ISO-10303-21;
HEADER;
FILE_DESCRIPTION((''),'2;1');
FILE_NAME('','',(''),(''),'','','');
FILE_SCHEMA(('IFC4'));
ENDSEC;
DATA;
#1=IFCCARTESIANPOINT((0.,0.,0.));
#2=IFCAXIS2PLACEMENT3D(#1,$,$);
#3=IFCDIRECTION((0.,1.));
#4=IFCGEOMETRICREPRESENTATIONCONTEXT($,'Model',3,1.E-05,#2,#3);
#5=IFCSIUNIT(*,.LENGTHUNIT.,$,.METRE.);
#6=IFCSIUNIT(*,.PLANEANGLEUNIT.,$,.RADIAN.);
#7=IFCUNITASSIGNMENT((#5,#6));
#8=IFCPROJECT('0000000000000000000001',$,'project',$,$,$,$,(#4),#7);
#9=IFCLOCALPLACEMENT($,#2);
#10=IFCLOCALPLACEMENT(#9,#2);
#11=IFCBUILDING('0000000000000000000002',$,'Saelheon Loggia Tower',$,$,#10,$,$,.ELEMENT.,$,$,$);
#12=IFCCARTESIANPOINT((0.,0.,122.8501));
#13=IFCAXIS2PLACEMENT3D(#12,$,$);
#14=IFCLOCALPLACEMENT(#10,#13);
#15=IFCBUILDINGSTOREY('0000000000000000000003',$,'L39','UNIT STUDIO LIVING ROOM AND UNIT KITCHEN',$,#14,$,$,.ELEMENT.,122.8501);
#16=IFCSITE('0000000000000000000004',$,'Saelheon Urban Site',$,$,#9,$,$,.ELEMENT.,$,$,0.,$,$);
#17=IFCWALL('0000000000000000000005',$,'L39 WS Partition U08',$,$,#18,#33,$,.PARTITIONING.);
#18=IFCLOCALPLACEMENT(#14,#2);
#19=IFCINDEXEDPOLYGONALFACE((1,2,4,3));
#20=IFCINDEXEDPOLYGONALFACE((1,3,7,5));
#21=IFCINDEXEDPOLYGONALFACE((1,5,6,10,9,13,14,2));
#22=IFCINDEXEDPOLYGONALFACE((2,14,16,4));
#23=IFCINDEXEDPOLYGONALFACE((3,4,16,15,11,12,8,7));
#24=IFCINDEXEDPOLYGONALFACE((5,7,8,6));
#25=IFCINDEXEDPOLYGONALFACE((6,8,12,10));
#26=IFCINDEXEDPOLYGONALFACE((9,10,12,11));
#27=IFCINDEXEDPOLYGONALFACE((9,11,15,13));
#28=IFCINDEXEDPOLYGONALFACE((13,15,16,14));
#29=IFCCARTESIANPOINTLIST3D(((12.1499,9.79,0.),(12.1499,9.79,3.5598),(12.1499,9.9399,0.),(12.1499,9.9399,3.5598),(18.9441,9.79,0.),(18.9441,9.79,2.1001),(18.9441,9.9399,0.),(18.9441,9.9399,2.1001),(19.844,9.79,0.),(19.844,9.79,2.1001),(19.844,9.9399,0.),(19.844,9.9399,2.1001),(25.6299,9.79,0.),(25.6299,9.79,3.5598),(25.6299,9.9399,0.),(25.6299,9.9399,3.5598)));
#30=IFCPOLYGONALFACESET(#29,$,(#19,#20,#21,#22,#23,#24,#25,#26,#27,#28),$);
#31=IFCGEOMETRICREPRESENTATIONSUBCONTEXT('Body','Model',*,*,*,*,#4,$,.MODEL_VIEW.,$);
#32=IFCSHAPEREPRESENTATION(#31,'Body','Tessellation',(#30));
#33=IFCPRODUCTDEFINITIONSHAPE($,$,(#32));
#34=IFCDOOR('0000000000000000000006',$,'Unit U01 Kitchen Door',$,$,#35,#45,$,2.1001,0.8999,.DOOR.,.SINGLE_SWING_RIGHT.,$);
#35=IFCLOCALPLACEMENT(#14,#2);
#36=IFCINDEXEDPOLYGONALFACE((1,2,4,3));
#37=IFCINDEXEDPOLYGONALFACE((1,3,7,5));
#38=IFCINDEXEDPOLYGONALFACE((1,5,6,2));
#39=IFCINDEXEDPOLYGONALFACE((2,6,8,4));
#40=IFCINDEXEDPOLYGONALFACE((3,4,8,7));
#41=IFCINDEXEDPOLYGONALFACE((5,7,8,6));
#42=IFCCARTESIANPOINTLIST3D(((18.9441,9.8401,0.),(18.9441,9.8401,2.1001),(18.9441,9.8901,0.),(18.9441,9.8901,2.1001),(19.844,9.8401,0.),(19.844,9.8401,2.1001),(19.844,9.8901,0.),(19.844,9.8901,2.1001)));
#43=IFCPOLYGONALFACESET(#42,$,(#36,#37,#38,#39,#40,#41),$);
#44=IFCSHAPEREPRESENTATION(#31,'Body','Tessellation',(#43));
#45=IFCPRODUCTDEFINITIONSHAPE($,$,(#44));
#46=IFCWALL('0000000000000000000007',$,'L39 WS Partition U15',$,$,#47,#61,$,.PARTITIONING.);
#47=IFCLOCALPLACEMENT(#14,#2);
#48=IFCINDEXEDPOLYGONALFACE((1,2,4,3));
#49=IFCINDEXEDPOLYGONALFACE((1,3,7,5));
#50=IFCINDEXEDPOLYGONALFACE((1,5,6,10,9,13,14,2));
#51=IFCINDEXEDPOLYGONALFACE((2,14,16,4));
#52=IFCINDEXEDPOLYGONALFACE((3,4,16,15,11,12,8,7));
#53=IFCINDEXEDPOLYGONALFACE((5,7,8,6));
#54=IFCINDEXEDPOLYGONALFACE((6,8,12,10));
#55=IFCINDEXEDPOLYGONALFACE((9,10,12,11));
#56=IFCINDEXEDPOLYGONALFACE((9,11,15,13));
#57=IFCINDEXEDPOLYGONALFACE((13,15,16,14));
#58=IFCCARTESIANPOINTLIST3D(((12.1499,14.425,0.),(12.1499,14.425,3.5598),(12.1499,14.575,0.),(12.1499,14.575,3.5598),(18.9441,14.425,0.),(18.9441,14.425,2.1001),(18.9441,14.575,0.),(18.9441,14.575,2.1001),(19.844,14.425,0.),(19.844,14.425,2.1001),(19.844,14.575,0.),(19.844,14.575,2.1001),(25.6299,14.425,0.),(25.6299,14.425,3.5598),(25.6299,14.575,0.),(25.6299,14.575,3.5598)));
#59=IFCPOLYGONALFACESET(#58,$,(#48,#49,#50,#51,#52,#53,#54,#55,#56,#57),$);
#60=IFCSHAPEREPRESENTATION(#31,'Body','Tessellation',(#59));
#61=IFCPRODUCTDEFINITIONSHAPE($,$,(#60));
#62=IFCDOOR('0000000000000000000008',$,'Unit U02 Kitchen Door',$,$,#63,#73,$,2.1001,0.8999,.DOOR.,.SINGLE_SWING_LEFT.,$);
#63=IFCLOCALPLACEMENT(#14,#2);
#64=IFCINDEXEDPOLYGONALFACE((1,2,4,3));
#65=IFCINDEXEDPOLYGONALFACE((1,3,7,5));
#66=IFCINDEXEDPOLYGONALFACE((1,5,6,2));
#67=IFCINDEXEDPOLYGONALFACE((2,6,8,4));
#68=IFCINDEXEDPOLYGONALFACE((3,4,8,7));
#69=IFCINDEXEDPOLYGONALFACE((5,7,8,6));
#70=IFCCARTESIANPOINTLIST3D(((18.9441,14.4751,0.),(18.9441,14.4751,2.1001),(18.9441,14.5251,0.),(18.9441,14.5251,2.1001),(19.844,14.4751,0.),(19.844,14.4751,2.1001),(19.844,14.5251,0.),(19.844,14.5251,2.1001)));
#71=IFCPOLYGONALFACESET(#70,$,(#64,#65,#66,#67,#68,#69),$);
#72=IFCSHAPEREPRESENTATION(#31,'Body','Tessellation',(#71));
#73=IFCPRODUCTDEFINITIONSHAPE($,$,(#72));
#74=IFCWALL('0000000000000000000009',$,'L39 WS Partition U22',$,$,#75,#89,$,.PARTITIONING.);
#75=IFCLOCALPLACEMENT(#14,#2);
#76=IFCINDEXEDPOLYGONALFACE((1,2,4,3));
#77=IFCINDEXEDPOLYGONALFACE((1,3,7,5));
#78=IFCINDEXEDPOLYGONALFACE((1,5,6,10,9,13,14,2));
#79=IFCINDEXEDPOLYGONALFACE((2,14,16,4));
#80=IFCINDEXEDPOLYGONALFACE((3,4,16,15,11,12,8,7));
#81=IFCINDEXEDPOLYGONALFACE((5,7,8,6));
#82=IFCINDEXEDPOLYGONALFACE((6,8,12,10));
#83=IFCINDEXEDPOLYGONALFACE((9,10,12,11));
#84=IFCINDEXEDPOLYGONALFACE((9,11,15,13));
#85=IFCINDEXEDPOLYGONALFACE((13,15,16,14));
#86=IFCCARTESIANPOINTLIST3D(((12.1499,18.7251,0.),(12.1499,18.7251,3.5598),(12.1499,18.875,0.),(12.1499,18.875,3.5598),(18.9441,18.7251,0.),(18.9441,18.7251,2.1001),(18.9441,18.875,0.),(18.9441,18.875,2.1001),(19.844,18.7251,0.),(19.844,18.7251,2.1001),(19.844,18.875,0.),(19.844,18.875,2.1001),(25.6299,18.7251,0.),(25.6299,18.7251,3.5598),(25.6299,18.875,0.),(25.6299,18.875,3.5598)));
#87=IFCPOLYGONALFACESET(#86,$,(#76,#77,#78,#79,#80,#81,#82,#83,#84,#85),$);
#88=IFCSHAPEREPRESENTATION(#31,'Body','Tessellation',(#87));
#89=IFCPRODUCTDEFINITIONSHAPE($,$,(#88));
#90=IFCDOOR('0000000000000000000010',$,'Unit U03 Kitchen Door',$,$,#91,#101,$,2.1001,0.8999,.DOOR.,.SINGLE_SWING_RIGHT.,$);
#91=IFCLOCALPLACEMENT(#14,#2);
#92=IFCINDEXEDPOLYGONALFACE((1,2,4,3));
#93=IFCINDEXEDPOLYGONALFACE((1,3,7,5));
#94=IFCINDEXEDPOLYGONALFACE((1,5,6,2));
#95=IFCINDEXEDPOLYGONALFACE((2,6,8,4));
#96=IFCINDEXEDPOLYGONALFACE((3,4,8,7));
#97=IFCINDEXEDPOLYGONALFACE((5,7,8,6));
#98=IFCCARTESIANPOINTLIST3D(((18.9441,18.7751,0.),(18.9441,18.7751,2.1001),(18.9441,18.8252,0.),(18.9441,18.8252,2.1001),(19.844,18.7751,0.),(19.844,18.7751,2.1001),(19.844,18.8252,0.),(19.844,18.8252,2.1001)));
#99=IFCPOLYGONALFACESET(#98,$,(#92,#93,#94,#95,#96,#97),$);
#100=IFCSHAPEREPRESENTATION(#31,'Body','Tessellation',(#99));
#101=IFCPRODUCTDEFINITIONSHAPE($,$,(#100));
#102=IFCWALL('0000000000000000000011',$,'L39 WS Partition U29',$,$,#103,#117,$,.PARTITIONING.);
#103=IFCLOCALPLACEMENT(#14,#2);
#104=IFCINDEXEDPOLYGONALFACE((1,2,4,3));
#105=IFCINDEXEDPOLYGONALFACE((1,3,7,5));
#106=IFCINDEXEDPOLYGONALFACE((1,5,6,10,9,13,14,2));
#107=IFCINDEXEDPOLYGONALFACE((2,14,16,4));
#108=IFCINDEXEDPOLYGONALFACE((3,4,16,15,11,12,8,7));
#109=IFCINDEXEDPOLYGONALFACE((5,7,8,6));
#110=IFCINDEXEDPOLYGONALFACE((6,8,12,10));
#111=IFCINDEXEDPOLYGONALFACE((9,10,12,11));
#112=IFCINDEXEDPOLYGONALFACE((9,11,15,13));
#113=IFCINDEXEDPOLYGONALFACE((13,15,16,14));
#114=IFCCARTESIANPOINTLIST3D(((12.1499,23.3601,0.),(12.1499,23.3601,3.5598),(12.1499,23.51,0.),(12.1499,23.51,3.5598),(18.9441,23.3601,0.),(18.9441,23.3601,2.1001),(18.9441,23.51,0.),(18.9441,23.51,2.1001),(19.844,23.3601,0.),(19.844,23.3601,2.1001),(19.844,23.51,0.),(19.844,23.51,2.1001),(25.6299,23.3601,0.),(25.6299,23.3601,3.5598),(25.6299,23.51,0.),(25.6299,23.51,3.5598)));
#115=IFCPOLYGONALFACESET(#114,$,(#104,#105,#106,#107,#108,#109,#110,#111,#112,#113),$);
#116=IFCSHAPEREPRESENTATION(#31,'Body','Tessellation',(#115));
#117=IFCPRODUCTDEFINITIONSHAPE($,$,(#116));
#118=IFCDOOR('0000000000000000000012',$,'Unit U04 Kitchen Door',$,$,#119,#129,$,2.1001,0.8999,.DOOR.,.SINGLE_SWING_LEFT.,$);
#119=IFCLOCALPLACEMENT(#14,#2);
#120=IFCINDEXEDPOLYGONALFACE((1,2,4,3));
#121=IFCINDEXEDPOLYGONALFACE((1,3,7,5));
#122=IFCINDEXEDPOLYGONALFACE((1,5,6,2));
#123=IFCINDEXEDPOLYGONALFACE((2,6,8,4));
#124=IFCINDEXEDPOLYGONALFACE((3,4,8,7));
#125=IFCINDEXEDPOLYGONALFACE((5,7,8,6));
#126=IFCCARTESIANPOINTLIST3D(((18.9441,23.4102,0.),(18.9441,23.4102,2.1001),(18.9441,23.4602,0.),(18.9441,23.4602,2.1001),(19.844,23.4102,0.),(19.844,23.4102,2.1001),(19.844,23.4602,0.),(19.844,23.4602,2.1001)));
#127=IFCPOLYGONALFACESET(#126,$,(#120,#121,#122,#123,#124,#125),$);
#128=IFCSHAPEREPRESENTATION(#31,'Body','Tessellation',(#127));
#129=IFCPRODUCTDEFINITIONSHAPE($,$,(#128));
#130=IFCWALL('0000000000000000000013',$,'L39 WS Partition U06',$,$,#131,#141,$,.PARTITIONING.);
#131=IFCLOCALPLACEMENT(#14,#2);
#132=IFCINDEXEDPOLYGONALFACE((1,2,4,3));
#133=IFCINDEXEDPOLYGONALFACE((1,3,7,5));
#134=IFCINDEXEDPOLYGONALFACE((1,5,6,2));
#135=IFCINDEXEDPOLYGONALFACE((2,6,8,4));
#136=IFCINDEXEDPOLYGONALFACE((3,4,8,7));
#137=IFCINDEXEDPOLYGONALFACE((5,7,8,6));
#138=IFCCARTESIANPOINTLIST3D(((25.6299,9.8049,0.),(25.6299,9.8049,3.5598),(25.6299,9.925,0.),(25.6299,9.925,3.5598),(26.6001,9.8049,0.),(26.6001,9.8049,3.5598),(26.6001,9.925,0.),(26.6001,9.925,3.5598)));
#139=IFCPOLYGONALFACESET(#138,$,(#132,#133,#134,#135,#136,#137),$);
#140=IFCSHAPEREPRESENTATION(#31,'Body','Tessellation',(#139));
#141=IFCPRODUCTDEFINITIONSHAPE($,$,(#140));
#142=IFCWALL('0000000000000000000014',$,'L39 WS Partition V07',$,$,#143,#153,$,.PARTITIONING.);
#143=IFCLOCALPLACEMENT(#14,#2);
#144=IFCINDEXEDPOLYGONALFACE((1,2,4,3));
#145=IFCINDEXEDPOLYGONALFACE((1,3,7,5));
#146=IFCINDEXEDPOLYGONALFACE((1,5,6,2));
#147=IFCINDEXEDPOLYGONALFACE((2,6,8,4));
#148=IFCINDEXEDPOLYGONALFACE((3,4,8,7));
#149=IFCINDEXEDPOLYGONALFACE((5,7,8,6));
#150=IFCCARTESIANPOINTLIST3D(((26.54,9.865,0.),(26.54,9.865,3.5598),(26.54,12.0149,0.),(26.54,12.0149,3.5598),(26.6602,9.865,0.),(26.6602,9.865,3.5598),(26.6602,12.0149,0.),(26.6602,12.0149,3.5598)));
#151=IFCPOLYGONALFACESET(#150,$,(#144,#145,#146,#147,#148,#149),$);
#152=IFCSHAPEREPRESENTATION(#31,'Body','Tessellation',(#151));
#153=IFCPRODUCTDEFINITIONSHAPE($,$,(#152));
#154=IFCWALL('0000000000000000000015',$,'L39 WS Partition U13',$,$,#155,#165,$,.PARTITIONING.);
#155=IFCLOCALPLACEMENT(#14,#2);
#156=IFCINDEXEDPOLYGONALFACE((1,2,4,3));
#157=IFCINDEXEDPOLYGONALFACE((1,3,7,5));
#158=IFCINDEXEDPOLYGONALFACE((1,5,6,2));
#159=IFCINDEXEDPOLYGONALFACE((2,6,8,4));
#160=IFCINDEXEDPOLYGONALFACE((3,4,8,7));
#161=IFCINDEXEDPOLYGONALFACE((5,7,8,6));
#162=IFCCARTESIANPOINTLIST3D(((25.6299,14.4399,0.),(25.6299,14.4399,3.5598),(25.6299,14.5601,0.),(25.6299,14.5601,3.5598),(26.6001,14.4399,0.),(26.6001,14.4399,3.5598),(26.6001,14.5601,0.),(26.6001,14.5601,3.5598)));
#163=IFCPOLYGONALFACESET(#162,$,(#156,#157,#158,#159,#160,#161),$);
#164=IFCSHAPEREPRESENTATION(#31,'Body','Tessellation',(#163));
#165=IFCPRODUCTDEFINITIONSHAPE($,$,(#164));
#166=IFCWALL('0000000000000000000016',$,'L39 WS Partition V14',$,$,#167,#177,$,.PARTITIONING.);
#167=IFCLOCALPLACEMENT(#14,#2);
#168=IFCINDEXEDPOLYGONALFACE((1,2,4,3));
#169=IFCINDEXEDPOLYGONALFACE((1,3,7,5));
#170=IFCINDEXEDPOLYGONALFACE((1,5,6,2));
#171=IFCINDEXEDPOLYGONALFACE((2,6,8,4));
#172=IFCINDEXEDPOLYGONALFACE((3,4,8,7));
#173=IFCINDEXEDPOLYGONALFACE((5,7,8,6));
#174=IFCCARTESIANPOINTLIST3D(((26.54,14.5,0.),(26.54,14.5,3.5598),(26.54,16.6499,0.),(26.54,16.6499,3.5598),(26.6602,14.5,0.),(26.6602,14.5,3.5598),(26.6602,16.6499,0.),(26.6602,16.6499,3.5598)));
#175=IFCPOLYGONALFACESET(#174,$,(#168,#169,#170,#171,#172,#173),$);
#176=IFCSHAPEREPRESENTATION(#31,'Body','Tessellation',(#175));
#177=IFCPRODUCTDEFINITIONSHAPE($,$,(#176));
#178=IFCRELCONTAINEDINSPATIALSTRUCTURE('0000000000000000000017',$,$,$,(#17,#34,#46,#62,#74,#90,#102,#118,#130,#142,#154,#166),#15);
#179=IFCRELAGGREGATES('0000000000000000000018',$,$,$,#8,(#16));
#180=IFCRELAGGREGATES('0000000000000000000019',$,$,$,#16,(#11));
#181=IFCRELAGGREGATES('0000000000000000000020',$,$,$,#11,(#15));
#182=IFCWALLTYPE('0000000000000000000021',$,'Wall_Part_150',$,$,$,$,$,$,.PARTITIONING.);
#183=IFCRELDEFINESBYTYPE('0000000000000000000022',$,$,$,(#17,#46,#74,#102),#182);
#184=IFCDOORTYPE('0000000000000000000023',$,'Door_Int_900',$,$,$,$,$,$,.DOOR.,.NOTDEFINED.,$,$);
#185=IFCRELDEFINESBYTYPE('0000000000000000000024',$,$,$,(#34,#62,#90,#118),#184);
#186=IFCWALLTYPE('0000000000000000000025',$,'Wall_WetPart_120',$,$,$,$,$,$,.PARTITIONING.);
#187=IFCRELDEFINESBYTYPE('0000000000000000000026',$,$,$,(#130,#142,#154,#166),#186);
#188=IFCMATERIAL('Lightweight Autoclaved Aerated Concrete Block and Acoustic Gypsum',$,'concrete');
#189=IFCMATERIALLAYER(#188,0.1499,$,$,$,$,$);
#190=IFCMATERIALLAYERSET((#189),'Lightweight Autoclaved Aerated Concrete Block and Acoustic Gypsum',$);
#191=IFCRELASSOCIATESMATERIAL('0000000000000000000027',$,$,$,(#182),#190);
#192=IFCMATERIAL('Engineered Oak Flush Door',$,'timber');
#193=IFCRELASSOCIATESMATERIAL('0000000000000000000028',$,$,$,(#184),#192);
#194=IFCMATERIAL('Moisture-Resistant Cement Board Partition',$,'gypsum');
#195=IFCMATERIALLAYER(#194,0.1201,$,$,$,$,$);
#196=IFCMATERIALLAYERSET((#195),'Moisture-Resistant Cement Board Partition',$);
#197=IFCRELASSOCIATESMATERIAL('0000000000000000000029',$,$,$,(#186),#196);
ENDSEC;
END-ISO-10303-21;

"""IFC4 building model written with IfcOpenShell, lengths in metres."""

from ifc_helpers import new_model, si_unit, direction, frame, frame_2d, origin, place, context, subcontext, project, spatial, rectangle, extrude, source, transform, mapped, material, layer, layer_set, type_object, element, fill, save


model = new_model("IFC4")

# Units and contexts
model_context = context("Model", 3, precision=1e-05, world=origin(), true_north=direction((0.0, 1.0)))
body_context = subcontext(model_context, "Body", "Model", "MODEL_VIEW")
ifc_project = project(units=[si_unit("LENGTHUNIT", "METRE"), si_unit("PLANEANGLEUNIT", "RADIAN")], contexts=[model_context])

# Site, building, storey
site_placement = place(None, origin())
site = spatial("IfcSite", under=ifc_project, at=site_placement, Name="Saelheon Urban Site", CompositionType="ELEMENT", RefElevation=0.0)
building_placement = place(site_placement, origin())
building = spatial("IfcBuilding", under=site, at=building_placement, Name="Saelheon Loggia Tower", CompositionType="ELEMENT")
storey_placement = place(building_placement, frame((0.0, 0.0, 122.8501)))
storey = spatial("IfcBuildingStorey", under=building, at=storey_placement, Name="L39", Description="UNIT STUDIO LIVING ROOM AND UNIT KITCHEN", CompositionType="ELEMENT", Elevation=122.8501)

# Walls, openings, doors
ifc_material_1 = material(Name="Lightweight Autoclaved Aerated Concrete Block and Acoustic Gypsum", Category="concrete")
ifc_layer_1 = layer(ifc_material_1, 0.1499)
ifc_layer_set_1 = layer_set([ifc_layer_1], Name="Lightweight Autoclaved Aerated Concrete Block and Acoustic Gypsum")
wall_type_1 = type_object("IfcWallType", Name="Wall_Part_150", PredefinedType="PARTITIONING", material=ifc_layer_set_1)
wall_1_placement = place(storey_placement, frame((25.6299, 9.865, 0.0), z_axis=(0.0, 0.0, 1.0), x_axis=(-1.0, 0.0, 0.0)))
wall_1 = element("IfcWall", 1, at=wall_1_placement, inside=storey, type_object=wall_type_1, Name="L39 WS Partition U08", PredefinedType="PARTITIONING", context=body_context, shape_type="SweptSolid", body=[
    extrude(rectangle(XDim=13.48, YDim=0.1499, at=frame_2d((6.74, 0.0))), origin(), (0.0, 0.0, 1.0), 3.5598),
])
opening_1_placement = place(wall_1_placement, frame((5.7859, 0.0, 0.0)))
opening_1 = element("IfcOpeningElement", 2, at=opening_1_placement, cuts=wall_1, PredefinedType="OPENING", context=body_context, shape_type="SweptSolid", body=[
    extrude(rectangle(XDim=0.8999, YDim=2.1001, at=frame_2d((0.45, 1.05))), frame((0.0, 0.0869, 0.0), z_axis=(0.0, -1.0, 0.0), x_axis=(1.0, 0.0, 0.0)), (0.0, 0.0, 1.0), 0.1738),
])
ifc_material_2 = material(Name="Engineered Oak Flush Door", Category="timber")
door_type_1 = type_object("IfcDoorType", Name="Door_Int_900", OperationType="NOTDEFINED", PredefinedType="DOOR", material=ifc_material_2)
shared_shape_1 = source(origin(), body_context, "Body", "SweptSolid", [
    extrude(rectangle(XDim=0.8999, YDim=2.1001, at=frame_2d((0.45, 1.05))), frame((0.0, 0.0249, 0.0), z_axis=(0.0, -1.0, 0.0), x_axis=(1.0, 0.0, 0.0)), (0.0, 0.0, 1.0), 0.05),
])
door_1_placement = place(opening_1_placement, origin())
door_1 = element("IfcDoor", 3, at=door_1_placement, inside=storey, type_object=door_type_1, Name="Unit U01 Kitchen Door", OperationType="SINGLE_SWING_RIGHT", OverallHeight=2.1001, OverallWidth=0.8999, PredefinedType="DOOR", context=body_context, shape_type="MappedRepresentation", body=[
    mapped(shared_shape_1, transform((0.0, 0.0, 0.0), scale=1.0)),
])
fill(opening_1, door_1)
wall_2_placement = place(storey_placement, frame((25.6299, 14.5, 0.0), z_axis=(0.0, 0.0, 1.0), x_axis=(-1.0, 0.0, 0.0)))
wall_2 = element("IfcWall", 4, at=wall_2_placement, inside=storey, type_object=wall_type_1, Name="L39 WS Partition U15", PredefinedType="PARTITIONING", context=body_context, shape_type="SweptSolid", body=[
    extrude(rectangle(XDim=13.48, YDim=0.1499, at=frame_2d((6.74, 0.0))), origin(), (0.0, 0.0, 1.0), 3.5598),
])
opening_2_placement = place(wall_2_placement, frame((5.7859, 0.0, 0.0)))
opening_2 = element("IfcOpeningElement", 5, at=opening_2_placement, cuts=wall_2, PredefinedType="OPENING", context=body_context, shape_type="SweptSolid", body=[
    extrude(rectangle(XDim=0.8999, YDim=2.1001, at=frame_2d((0.45, 1.05))), frame((0.0, 0.0869, 0.0), z_axis=(0.0, -1.0, 0.0), x_axis=(1.0, 0.0, 0.0)), (0.0, 0.0, 1.0), 0.1738),
])
door_2_placement = place(opening_2_placement, origin())
door_2 = element("IfcDoor", 6, at=door_2_placement, inside=storey, type_object=door_type_1, Name="Unit U02 Kitchen Door", OperationType="SINGLE_SWING_LEFT", OverallHeight=2.1001, OverallWidth=0.8999, PredefinedType="DOOR", context=body_context, shape_type="MappedRepresentation", body=[
    mapped(shared_shape_1, transform((0.0, 0.0, 0.0), scale=1.0)),
])
fill(opening_2, door_2)
wall_3_placement = place(storey_placement, frame((25.6299, 18.8, 0.0), z_axis=(0.0, 0.0, 1.0), x_axis=(-1.0, 0.0, 0.0)))
wall_3 = element("IfcWall", 7, at=wall_3_placement, inside=storey, type_object=wall_type_1, Name="L39 WS Partition U22", PredefinedType="PARTITIONING", context=body_context, shape_type="SweptSolid", body=[
    extrude(rectangle(XDim=13.48, YDim=0.1499, at=frame_2d((6.74, 0.0))), origin(), (0.0, 0.0, 1.0), 3.5598),
])
opening_3_placement = place(wall_3_placement, frame((5.7859, 0.0, 0.0)))
opening_3 = element("IfcOpeningElement", 8, at=opening_3_placement, cuts=wall_3, PredefinedType="OPENING", context=body_context, shape_type="SweptSolid", body=[
    extrude(rectangle(XDim=0.8999, YDim=2.1001, at=frame_2d((0.45, 1.05))), frame((0.0, 0.0869, 0.0), z_axis=(0.0, -1.0, 0.0), x_axis=(1.0, 0.0, 0.0)), (0.0, 0.0, 1.0), 0.1738),
])
door_3_placement = place(opening_3_placement, origin())
door_3 = element("IfcDoor", 9, at=door_3_placement, inside=storey, type_object=door_type_1, Name="Unit U03 Kitchen Door", OperationType="SINGLE_SWING_RIGHT", OverallHeight=2.1001, OverallWidth=0.8999, PredefinedType="DOOR", context=body_context, shape_type="MappedRepresentation", body=[
    mapped(shared_shape_1, transform((0.0, 0.0, 0.0), scale=1.0)),
])
fill(opening_3, door_3)
wall_4_placement = place(storey_placement, frame((25.6299, 23.4351, 0.0), z_axis=(0.0, 0.0, 1.0), x_axis=(-1.0, 0.0, 0.0)))
wall_4 = element("IfcWall", 10, at=wall_4_placement, inside=storey, type_object=wall_type_1, Name="L39 WS Partition U29", PredefinedType="PARTITIONING", context=body_context, shape_type="SweptSolid", body=[
    extrude(rectangle(XDim=13.48, YDim=0.1499, at=frame_2d((6.74, 0.0))), origin(), (0.0, 0.0, 1.0), 3.5598),
])
opening_4_placement = place(wall_4_placement, frame((5.7859, 0.0, 0.0)))
opening_4 = element("IfcOpeningElement", 11, at=opening_4_placement, cuts=wall_4, PredefinedType="OPENING", context=body_context, shape_type="SweptSolid", body=[
    extrude(rectangle(XDim=0.8999, YDim=2.1001, at=frame_2d((0.45, 1.05))), frame((0.0, 0.0869, 0.0), z_axis=(0.0, -1.0, 0.0), x_axis=(1.0, 0.0, 0.0)), (0.0, 0.0, 1.0), 0.1738),
])
door_4_placement = place(opening_4_placement, origin())
door_4 = element("IfcDoor", 12, at=door_4_placement, inside=storey, type_object=door_type_1, Name="Unit U04 Kitchen Door", OperationType="SINGLE_SWING_LEFT", OverallHeight=2.1001, OverallWidth=0.8999, PredefinedType="DOOR", context=body_context, shape_type="MappedRepresentation", body=[
    mapped(shared_shape_1, transform((0.0, 0.0, 0.0), scale=1.0)),
])
fill(opening_4, door_4)

# Walls
ifc_material_3 = material(Name="Moisture-Resistant Cement Board Partition", Category="gypsum")
ifc_layer_2 = layer(ifc_material_3, 0.1201)
ifc_layer_set_2 = layer_set([ifc_layer_2], Name="Moisture-Resistant Cement Board Partition")
wall_type_2 = type_object("IfcWallType", Name="Wall_WetPart_120", PredefinedType="PARTITIONING", material=ifc_layer_set_2)
wall_5_placement = place(storey_placement, frame((26.6001, 9.865, 0.0), z_axis=(0.0, 0.0, 1.0), x_axis=(-1.0, 0.0, 0.0)))
element("IfcWall", 13, at=wall_5_placement, inside=storey, type_object=wall_type_2, Name="L39 WS Partition U06", PredefinedType="PARTITIONING", context=body_context, shape_type="SweptSolid", body=[
    extrude(rectangle(XDim=0.9702, YDim=0.1201, at=frame_2d((0.4851, 0.0))), origin(), (0.0, 0.0, 1.0), 3.5598),
])
wall_6_placement = place(storey_placement, frame((26.6001, 9.865, 0.0), z_axis=(0.0, 0.0, 1.0), x_axis=(0.0, 1.0, 0.0)))
element("IfcWall", 14, at=wall_6_placement, inside=storey, type_object=wall_type_2, Name="L39 WS Partition V07", PredefinedType="PARTITIONING", context=body_context, shape_type="SweptSolid", body=[
    extrude(rectangle(XDim=2.1499, YDim=0.1201, at=frame_2d((1.075, 0.0))), origin(), (0.0, 0.0, 1.0), 3.5598),
])
wall_7_placement = place(storey_placement, frame((26.6001, 14.5, 0.0), z_axis=(0.0, 0.0, 1.0), x_axis=(-1.0, 0.0, 0.0)))
element("IfcWall", 15, at=wall_7_placement, inside=storey, type_object=wall_type_2, Name="L39 WS Partition U13", PredefinedType="PARTITIONING", context=body_context, shape_type="SweptSolid", body=[
    extrude(rectangle(XDim=0.9702, YDim=0.1201, at=frame_2d((0.4851, 0.0))), origin(), (0.0, 0.0, 1.0), 3.5598),
])
wall_8_placement = place(storey_placement, frame((26.6001, 14.5, 0.0), z_axis=(0.0, 0.0, 1.0), x_axis=(0.0, 1.0, 0.0)))
element("IfcWall", 16, at=wall_8_placement, inside=storey, type_object=wall_type_2, Name="L39 WS Partition V14", PredefinedType="PARTITIONING", context=body_context, shape_type="SweptSolid", body=[
    extrude(rectangle(XDim=2.1499, YDim=0.1201, at=frame_2d((1.075, 0.0))), origin(), (0.0, 0.0, 1.0), 3.5598),
])

save(model, "model.ifc")
